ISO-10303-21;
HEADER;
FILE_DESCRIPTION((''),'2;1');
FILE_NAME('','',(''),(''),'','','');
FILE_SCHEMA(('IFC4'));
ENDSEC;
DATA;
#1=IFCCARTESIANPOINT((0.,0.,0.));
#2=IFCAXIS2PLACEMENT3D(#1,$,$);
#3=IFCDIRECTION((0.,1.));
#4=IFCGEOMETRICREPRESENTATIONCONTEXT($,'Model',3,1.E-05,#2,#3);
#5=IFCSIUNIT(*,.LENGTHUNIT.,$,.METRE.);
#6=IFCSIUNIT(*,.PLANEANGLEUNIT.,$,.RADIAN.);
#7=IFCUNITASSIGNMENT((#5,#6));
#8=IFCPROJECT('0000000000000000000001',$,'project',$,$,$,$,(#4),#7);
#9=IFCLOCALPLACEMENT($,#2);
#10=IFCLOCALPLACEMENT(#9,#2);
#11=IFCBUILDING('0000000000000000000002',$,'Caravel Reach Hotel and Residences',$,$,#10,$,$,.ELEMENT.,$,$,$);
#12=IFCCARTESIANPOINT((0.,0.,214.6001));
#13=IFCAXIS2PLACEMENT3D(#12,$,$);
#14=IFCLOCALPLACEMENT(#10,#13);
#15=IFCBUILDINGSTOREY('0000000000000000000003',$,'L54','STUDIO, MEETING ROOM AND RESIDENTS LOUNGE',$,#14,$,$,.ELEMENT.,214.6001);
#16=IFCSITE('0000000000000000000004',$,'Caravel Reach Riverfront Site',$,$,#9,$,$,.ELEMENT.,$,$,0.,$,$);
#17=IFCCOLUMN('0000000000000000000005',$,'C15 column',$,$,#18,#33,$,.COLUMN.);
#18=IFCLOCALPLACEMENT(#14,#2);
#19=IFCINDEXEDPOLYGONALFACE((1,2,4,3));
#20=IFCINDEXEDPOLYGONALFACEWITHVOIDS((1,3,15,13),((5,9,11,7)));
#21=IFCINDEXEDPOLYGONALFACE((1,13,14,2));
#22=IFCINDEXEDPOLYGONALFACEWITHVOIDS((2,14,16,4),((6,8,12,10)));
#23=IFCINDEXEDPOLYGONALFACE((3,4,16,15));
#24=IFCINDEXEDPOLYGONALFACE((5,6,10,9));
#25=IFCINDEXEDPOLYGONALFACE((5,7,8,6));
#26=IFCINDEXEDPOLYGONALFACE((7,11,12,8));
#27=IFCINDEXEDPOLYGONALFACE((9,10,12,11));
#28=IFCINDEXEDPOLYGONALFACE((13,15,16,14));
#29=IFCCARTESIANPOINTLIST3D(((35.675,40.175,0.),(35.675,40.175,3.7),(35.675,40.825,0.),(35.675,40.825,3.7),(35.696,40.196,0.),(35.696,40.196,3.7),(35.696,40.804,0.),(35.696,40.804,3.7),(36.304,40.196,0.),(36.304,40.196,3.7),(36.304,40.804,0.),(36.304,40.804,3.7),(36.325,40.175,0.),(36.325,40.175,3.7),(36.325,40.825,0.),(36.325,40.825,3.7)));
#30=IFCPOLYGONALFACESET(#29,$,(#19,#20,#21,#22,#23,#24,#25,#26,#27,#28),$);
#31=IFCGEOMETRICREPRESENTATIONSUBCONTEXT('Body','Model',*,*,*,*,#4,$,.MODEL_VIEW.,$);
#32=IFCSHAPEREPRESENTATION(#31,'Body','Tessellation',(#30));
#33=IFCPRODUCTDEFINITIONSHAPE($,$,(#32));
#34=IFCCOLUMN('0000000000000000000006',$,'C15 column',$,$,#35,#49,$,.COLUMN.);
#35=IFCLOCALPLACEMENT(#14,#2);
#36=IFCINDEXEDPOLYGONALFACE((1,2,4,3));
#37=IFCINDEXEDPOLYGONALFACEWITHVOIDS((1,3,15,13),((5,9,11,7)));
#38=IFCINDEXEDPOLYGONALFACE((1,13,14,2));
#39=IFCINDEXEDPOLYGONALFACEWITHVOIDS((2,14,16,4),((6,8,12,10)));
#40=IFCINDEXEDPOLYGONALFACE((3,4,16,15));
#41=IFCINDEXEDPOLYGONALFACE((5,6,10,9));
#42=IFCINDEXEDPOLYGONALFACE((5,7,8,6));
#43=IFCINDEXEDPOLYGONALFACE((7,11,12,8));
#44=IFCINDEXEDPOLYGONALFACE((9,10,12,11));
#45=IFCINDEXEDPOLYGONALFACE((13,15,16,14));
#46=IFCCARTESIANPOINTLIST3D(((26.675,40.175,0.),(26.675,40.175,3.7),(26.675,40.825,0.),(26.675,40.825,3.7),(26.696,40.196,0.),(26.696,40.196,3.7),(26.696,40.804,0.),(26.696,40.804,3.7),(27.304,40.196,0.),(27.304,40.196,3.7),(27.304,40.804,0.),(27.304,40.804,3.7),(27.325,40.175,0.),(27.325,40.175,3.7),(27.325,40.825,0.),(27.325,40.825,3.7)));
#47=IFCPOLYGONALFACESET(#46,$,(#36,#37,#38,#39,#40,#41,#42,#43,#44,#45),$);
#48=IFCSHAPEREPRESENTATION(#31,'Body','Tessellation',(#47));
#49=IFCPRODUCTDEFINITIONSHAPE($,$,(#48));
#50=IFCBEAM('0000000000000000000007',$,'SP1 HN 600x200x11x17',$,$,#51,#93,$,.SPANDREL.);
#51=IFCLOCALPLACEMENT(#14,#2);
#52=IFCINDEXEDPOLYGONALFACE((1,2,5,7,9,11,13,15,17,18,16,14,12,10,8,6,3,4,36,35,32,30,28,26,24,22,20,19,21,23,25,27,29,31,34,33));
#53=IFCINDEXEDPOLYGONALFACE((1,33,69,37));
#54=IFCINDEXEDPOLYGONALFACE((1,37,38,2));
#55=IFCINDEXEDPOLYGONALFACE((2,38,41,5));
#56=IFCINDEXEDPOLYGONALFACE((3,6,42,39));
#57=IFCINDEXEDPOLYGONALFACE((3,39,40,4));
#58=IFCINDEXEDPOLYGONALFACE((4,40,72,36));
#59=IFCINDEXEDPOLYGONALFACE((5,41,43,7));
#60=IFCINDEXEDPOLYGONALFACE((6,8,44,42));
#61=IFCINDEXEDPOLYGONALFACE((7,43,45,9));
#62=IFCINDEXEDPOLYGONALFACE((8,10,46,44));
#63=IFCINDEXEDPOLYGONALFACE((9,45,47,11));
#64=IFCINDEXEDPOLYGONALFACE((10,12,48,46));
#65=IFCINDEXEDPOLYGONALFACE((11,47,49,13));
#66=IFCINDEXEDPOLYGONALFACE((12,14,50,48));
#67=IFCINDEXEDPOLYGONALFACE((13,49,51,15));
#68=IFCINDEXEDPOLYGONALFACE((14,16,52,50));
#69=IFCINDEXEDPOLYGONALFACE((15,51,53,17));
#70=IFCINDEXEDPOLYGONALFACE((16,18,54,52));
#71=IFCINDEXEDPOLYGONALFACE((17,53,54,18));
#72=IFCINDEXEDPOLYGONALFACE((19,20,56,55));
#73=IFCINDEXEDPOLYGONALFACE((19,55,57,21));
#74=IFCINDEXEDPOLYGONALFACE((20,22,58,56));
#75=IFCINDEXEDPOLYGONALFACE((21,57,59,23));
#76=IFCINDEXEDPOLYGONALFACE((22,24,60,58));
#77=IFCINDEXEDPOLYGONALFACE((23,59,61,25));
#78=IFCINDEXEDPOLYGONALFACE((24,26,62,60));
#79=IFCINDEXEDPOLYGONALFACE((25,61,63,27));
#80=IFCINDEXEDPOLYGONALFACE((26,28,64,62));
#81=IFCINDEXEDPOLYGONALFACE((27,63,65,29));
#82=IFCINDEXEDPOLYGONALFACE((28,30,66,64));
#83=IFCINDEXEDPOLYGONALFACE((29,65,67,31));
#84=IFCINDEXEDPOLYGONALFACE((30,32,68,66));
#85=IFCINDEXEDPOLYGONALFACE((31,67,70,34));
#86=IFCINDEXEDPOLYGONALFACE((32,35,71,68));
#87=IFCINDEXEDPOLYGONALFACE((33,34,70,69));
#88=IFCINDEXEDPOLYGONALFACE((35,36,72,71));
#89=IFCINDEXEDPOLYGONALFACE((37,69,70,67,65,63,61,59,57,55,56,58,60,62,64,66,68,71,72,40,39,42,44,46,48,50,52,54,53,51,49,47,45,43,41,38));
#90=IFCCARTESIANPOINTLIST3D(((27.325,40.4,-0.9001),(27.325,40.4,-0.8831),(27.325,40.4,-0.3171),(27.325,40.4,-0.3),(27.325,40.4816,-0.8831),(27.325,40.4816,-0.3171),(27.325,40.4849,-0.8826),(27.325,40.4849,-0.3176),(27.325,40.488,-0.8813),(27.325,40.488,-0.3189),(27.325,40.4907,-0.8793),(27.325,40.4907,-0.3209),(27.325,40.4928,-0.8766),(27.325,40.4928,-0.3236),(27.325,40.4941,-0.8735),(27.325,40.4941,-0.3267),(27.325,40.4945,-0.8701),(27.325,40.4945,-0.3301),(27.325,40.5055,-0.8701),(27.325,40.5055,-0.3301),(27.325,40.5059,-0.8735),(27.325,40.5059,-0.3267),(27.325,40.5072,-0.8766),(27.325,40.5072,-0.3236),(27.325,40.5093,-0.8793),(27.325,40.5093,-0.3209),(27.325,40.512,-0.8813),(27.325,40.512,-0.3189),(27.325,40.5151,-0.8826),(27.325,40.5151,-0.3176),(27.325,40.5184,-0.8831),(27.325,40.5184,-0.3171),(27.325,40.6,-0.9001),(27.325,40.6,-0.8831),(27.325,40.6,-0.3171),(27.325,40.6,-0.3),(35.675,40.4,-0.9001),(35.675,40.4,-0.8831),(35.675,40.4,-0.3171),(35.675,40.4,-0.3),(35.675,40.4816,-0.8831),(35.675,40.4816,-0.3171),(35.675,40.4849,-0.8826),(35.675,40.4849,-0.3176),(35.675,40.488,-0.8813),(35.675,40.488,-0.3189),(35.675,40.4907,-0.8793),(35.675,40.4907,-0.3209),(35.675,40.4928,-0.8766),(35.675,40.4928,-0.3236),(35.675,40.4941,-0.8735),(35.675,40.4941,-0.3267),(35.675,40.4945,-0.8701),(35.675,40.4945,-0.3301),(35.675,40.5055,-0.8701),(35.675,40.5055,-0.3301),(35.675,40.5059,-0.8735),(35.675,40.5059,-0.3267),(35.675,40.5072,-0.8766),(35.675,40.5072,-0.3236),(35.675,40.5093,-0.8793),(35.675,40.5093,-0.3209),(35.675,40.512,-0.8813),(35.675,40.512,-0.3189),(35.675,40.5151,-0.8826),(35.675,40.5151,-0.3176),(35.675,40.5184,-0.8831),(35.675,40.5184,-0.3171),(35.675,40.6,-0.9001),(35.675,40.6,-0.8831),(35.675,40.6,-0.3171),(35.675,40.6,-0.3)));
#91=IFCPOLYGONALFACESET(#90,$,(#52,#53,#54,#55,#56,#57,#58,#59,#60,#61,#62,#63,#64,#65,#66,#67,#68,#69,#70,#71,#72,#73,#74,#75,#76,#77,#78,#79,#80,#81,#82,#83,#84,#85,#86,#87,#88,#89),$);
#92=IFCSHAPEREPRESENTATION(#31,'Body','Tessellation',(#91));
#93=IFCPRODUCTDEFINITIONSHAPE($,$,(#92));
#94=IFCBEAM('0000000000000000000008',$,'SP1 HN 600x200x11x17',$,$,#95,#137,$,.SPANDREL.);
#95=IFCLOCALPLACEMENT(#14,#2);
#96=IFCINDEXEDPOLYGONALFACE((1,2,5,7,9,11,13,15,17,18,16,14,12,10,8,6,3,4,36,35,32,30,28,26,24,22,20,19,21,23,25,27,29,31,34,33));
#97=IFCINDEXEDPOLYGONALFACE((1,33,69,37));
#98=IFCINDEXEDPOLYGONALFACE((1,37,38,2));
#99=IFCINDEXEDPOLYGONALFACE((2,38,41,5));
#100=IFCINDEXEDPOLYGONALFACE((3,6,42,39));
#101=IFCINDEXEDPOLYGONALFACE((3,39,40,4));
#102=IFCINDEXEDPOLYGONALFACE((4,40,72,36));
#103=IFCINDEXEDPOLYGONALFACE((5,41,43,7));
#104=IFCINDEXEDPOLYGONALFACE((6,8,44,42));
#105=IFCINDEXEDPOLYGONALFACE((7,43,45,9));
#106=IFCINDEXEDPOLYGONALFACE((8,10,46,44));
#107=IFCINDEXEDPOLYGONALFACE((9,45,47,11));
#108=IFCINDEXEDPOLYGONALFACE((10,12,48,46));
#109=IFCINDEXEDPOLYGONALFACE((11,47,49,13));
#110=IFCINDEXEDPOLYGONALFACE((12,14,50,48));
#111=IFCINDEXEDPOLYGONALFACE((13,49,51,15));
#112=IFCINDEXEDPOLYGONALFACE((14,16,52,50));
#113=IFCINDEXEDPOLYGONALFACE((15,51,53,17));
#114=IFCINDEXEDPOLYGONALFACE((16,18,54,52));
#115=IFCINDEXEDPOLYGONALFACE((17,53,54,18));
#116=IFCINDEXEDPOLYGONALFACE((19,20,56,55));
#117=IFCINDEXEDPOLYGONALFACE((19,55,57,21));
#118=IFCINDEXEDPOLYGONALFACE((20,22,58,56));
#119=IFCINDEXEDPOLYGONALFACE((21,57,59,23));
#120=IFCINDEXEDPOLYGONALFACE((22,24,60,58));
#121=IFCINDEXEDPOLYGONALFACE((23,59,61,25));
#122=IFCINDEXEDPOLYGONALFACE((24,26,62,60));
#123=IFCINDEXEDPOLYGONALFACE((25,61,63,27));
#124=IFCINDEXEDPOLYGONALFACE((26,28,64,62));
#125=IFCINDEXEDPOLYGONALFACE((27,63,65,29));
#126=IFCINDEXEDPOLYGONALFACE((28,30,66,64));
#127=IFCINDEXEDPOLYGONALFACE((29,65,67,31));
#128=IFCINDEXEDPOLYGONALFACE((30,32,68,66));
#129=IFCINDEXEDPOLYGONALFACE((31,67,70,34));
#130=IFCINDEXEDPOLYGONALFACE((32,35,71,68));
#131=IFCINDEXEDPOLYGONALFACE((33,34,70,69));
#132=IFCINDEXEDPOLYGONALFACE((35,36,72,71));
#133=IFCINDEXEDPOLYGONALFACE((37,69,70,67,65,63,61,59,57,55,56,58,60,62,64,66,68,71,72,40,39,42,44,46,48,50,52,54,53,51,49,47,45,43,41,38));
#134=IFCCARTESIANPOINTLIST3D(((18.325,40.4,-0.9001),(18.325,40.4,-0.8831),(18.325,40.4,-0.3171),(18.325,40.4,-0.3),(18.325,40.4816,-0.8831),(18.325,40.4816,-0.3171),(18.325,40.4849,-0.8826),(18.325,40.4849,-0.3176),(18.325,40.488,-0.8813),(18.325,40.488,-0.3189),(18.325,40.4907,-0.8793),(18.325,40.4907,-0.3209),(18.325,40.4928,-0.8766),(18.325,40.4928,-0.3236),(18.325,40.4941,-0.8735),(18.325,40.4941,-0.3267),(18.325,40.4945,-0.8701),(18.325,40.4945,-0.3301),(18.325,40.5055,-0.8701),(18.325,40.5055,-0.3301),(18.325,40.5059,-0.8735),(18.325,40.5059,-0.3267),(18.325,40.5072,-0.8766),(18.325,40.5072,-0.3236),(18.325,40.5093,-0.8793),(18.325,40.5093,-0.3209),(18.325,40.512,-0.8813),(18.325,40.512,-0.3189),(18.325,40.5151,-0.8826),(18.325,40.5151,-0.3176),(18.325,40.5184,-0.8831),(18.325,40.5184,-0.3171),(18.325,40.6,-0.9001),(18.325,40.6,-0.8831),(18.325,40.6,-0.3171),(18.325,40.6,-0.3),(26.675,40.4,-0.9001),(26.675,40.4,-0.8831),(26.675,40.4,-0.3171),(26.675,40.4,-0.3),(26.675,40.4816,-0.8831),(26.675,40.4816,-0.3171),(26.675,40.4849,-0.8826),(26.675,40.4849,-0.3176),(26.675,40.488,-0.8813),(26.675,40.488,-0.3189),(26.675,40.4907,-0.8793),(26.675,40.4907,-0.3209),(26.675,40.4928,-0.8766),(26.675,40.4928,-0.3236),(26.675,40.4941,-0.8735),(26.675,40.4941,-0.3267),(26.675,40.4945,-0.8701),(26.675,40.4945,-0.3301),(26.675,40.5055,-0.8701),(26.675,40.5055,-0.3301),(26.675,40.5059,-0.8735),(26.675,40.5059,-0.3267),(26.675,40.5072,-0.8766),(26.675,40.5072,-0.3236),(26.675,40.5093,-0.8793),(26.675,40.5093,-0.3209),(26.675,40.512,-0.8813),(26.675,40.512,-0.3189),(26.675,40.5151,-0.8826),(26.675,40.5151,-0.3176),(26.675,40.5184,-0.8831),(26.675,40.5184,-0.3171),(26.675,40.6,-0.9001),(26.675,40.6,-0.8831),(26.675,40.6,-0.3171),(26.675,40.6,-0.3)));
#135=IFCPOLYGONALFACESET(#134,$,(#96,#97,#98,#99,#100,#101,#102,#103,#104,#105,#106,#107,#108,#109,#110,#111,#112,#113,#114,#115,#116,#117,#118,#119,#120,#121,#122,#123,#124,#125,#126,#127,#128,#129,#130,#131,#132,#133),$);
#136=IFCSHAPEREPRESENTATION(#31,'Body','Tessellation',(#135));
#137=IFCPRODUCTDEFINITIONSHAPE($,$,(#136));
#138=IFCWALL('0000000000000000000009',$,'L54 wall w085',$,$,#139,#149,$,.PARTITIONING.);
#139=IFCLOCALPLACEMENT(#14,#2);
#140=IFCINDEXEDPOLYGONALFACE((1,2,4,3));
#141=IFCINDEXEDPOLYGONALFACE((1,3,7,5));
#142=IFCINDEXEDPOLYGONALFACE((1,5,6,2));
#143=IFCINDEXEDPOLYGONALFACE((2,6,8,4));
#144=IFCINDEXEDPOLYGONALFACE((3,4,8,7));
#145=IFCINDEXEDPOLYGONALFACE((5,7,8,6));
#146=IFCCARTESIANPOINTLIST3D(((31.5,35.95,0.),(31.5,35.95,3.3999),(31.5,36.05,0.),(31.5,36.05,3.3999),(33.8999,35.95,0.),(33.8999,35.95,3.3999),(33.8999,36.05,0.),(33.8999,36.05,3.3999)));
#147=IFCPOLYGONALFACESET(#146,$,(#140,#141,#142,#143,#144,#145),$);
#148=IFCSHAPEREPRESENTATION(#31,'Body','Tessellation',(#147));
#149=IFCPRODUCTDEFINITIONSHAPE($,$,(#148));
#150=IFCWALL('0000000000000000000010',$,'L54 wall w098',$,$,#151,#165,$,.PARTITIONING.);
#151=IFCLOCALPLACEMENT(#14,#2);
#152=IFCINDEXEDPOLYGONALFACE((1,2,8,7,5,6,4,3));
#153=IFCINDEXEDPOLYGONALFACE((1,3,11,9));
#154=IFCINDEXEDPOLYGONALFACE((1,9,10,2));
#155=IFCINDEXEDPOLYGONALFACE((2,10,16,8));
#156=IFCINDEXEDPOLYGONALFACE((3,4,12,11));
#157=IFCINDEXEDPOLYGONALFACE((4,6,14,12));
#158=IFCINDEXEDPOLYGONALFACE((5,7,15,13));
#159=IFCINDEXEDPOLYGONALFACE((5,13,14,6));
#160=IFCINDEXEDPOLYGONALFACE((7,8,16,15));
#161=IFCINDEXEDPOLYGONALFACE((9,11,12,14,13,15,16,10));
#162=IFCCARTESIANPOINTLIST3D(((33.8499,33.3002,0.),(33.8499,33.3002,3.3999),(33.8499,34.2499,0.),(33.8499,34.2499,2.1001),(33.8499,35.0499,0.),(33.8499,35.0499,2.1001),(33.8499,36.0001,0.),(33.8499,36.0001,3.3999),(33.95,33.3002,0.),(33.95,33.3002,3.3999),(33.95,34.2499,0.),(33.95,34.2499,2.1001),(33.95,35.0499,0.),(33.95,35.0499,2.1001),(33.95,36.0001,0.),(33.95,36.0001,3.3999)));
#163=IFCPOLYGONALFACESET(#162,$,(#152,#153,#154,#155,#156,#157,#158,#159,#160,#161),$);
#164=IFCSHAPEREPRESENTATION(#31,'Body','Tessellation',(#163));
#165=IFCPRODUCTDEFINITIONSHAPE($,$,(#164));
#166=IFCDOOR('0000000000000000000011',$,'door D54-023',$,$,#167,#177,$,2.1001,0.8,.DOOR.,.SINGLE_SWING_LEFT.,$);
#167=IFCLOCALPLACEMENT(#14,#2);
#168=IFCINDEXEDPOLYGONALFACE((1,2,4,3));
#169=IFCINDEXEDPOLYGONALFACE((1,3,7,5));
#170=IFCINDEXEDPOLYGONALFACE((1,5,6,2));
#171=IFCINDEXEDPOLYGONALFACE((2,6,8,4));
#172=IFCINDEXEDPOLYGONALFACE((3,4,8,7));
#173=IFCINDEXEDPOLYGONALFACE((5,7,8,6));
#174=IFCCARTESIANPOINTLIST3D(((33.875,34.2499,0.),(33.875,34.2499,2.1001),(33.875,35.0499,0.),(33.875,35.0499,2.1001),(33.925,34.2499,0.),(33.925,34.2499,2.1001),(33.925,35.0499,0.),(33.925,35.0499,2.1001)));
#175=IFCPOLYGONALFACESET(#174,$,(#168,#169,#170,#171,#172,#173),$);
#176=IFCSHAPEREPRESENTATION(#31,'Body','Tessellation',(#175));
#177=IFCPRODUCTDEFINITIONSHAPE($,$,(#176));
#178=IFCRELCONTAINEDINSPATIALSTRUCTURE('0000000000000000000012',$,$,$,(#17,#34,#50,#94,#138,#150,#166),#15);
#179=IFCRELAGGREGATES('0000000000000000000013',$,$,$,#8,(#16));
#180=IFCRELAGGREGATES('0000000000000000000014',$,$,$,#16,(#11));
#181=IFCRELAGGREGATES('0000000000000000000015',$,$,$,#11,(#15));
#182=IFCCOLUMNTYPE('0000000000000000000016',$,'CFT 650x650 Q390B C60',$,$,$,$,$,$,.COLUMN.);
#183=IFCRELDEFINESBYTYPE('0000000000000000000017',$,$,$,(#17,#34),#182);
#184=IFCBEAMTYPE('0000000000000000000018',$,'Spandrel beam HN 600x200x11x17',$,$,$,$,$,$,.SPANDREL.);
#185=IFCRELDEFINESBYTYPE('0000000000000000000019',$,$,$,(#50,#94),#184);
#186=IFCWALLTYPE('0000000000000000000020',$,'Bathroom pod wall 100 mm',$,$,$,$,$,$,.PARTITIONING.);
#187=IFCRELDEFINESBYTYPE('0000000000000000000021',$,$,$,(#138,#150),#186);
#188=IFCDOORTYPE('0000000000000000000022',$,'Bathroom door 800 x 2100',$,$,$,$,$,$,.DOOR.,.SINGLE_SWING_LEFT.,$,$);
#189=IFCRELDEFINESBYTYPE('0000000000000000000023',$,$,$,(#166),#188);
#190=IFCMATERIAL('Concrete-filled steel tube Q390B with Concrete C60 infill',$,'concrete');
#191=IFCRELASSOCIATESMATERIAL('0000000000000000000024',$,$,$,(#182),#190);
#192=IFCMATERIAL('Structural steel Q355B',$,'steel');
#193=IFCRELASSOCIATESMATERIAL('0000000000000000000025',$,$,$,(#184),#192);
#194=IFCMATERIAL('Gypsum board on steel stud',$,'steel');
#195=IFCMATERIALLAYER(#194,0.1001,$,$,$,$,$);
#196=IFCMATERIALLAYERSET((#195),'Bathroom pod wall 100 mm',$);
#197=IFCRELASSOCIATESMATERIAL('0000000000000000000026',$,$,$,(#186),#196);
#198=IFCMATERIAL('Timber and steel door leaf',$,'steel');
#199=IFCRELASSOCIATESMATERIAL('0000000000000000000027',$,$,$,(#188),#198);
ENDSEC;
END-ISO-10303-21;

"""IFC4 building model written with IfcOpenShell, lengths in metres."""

from ifc_helpers import new_model, si_unit, direction, frame, frame_2d, origin, origin_2d, place, context, subcontext, project, spatial, rectangle, hollow_rectangle, i_section, extrude, material, layer, layer_set, material_profile, profile_set, type_object, element, fill, save


model = new_model("IFC4")

# Units and contexts
model_context = context("Model", 3, precision=1e-05, world=origin(), true_north=direction((0.0, 1.0)))
body_context = subcontext(model_context, "Body", "Model", "MODEL_VIEW")
ifc_project = project(units=[si_unit("LENGTHUNIT", "METRE"), si_unit("PLANEANGLEUNIT", "RADIAN")], contexts=[model_context])

# Site, building, storey
site_placement = place(None, origin())
site = spatial("IfcSite", under=ifc_project, at=site_placement, Name="Caravel Reach Riverfront Site", CompositionType="ELEMENT", RefElevation=0.0)
building_placement = place(site_placement, origin())
building = spatial("IfcBuilding", under=site, at=building_placement, Name="Caravel Reach Hotel and Residences", CompositionType="ELEMENT")
storey_placement = place(building_placement, frame((0.0, 0.0, 214.6001)))
storey = spatial("IfcBuildingStorey", under=building, at=storey_placement, Name="L54", Description="STUDIO, MEETING ROOM AND RESIDENTS LOUNGE", CompositionType="ELEMENT", Elevation=214.6001)

# Columns
ifc_material_1 = material(Name="Concrete-filled steel tube Q390B with Concrete C60 infill", Category="concrete")
ifc_material_profile_1 = material_profile(ifc_material_1, hollow_rectangle(XDim=0.6499, YDim=0.6499, WallThickness=0.021, at=origin_2d()), Name="RHS 650x650x21")
ifc_profile_set_1 = profile_set([ifc_material_profile_1], Name="Concrete-filled steel tube Q390B with Concrete C60 infill")
column_type = type_object("IfcColumnType", Name="CFT 650x650 Q390B C60", PredefinedType="COLUMN", material=ifc_profile_set_1)
for number, where, z_axis, x_axis, name in (
    (1, (36.0, 40.5, 0.0), (0.0, 0.0, 1.0), (1.0, 0.0, 0.0), "C15 column"),
    (2, (27.0, 40.5, 0.0), (0.0, 0.0, 1.0), (1.0, 0.0, 0.0), "C15 column"),
):
    element("IfcColumn", number, at=place(storey_placement, frame(where, z_axis=z_axis, x_axis=x_axis)), inside=storey, type_object=column_type, Name=name, PredefinedType="COLUMN", context=body_context, shape_type="SweptSolid", body=[
        extrude(hollow_rectangle(XDim=0.6499, YDim=0.6499, WallThickness=0.021, at=origin_2d()), origin(), (0.0, 0.0, 1.0), 3.7),
    ])

# Beams
ifc_material_2 = material(Name="Structural steel Q355B", Category="steel")
ifc_material_profile_2 = material_profile(ifc_material_2, i_section(OverallWidth=0.2, OverallDepth=0.6001, WebThickness=0.011, FlangeThickness=0.0171, FilletRadius=0.0129, at=origin_2d()), Name="HN 600x200x11x17")
ifc_profile_set_2 = profile_set([ifc_material_profile_2], Name="Structural steel Q355B")
beam_type = type_object("IfcBeamType", Name="Spandrel beam HN 600x200x11x17", PredefinedType="SPANDREL", material=ifc_profile_set_2)
for number, where, z_axis, x_axis, name in (
    (3, (35.675, 40.5, -0.6001), (-1.0, 0.0, 0.0), (0.0, -1.0, 0.0), "SP1 HN 600x200x11x17"),
    (4, (26.675, 40.5, -0.6001), (-1.0, 0.0, 0.0), (0.0, -1.0, 0.0), "SP1 HN 600x200x11x17"),
):
    element("IfcBeam", number, at=place(storey_placement, frame(where, z_axis=z_axis, x_axis=x_axis)), inside=storey, type_object=beam_type, Name=name, PredefinedType="SPANDREL", context=body_context, shape_type="SweptSolid", body=[
        extrude(i_section(OverallWidth=0.2, OverallDepth=0.6001, WebThickness=0.011, FlangeThickness=0.0171, FilletRadius=0.0129, at=origin_2d()), origin(), (0.0, 0.0, 1.0), 8.3501),
    ])

# Wall
ifc_material_3 = material(Name="Gypsum board on steel stud", Category="steel")
ifc_layer_1 = layer(ifc_material_3, 0.1001)
ifc_layer_set_1 = layer_set([ifc_layer_1], Name="Bathroom pod wall 100 mm")
wall_type_1 = type_object("IfcWallType", Name="Bathroom pod wall 100 mm", PredefinedType="PARTITIONING", material=ifc_layer_set_1)
wall_1_placement = place(storey_placement, frame((31.5, 36.0, 0.0), z_axis=(0.0, 0.0, 1.0), x_axis=(1.0, 0.0, 0.0)))
element("IfcWall", 5, at=wall_1_placement, inside=storey, type_object=wall_type_1, Name="L54 wall w085", PredefinedType="PARTITIONING", context=body_context, shape_type="SweptSolid", body=[
    extrude(rectangle(XDim=2.3999, YDim=0.1001, at=frame_2d((1.2, 0.0))), origin(), (0.0, 0.0, 1.0), 3.3999),
])

# Wall, opening, door
wall_2_placement = place(storey_placement, frame((33.8999, 33.3, 0.0), z_axis=(0.0, 0.0, 1.0), x_axis=(0.0, 1.0, 0.0)))
wall_2 = element("IfcWall", 6, at=wall_2_placement, inside=storey, type_object=wall_type_1, Name="L54 wall w098", PredefinedType="PARTITIONING", context=body_context, shape_type="SweptSolid", body=[
    extrude(rectangle(XDim=2.7, YDim=0.1001, at=frame_2d((1.3501, 0.0))), origin(), (0.0, 0.0, 1.0), 3.3999),
])
opening_1_placement = place(wall_2_placement, frame((0.95, 0.0, 0.0)))
opening_1 = element("IfcOpeningElement", 7, at=opening_1_placement, cuts=wall_2, PredefinedType="OPENING", context=body_context, shape_type="SweptSolid", body=[
    extrude(rectangle(XDim=0.8, YDim=2.1001, at=frame_2d((0.3999, 1.05))), frame((0.0, 0.0601, 0.0), z_axis=(0.0, -1.0, 0.0), x_axis=(1.0, 0.0, 0.0)), (0.0, 0.0, 1.0), 0.1201),
])
ifc_material_4 = material(Name="Timber and steel door leaf", Category="steel")
door_type_1 = type_object("IfcDoorType", Name="Bathroom door 800 x 2100", OperationType="SINGLE_SWING_LEFT", PredefinedType="DOOR", material=ifc_material_4)
door_1_placement = place(opening_1_placement, origin())
door_1 = element("IfcDoor", 8, at=door_1_placement, inside=storey, type_object=door_type_1, Name="door D54-023", OperationType="SINGLE_SWING_LEFT", OverallHeight=2.1001, OverallWidth=0.8, PredefinedType="DOOR", context=body_context, shape_type="SweptSolid", body=[
    extrude(rectangle(XDim=0.8, YDim=2.1001, at=frame_2d((0.3999, 1.05))), frame((0.0, 0.0249, 0.0), z_axis=(0.0, -1.0, 0.0), x_axis=(1.0, 0.0, 0.0)), (0.0, 0.0, 1.0), 0.05),
])
fill(opening_1, door_1)

save(model, "model.ifc")
